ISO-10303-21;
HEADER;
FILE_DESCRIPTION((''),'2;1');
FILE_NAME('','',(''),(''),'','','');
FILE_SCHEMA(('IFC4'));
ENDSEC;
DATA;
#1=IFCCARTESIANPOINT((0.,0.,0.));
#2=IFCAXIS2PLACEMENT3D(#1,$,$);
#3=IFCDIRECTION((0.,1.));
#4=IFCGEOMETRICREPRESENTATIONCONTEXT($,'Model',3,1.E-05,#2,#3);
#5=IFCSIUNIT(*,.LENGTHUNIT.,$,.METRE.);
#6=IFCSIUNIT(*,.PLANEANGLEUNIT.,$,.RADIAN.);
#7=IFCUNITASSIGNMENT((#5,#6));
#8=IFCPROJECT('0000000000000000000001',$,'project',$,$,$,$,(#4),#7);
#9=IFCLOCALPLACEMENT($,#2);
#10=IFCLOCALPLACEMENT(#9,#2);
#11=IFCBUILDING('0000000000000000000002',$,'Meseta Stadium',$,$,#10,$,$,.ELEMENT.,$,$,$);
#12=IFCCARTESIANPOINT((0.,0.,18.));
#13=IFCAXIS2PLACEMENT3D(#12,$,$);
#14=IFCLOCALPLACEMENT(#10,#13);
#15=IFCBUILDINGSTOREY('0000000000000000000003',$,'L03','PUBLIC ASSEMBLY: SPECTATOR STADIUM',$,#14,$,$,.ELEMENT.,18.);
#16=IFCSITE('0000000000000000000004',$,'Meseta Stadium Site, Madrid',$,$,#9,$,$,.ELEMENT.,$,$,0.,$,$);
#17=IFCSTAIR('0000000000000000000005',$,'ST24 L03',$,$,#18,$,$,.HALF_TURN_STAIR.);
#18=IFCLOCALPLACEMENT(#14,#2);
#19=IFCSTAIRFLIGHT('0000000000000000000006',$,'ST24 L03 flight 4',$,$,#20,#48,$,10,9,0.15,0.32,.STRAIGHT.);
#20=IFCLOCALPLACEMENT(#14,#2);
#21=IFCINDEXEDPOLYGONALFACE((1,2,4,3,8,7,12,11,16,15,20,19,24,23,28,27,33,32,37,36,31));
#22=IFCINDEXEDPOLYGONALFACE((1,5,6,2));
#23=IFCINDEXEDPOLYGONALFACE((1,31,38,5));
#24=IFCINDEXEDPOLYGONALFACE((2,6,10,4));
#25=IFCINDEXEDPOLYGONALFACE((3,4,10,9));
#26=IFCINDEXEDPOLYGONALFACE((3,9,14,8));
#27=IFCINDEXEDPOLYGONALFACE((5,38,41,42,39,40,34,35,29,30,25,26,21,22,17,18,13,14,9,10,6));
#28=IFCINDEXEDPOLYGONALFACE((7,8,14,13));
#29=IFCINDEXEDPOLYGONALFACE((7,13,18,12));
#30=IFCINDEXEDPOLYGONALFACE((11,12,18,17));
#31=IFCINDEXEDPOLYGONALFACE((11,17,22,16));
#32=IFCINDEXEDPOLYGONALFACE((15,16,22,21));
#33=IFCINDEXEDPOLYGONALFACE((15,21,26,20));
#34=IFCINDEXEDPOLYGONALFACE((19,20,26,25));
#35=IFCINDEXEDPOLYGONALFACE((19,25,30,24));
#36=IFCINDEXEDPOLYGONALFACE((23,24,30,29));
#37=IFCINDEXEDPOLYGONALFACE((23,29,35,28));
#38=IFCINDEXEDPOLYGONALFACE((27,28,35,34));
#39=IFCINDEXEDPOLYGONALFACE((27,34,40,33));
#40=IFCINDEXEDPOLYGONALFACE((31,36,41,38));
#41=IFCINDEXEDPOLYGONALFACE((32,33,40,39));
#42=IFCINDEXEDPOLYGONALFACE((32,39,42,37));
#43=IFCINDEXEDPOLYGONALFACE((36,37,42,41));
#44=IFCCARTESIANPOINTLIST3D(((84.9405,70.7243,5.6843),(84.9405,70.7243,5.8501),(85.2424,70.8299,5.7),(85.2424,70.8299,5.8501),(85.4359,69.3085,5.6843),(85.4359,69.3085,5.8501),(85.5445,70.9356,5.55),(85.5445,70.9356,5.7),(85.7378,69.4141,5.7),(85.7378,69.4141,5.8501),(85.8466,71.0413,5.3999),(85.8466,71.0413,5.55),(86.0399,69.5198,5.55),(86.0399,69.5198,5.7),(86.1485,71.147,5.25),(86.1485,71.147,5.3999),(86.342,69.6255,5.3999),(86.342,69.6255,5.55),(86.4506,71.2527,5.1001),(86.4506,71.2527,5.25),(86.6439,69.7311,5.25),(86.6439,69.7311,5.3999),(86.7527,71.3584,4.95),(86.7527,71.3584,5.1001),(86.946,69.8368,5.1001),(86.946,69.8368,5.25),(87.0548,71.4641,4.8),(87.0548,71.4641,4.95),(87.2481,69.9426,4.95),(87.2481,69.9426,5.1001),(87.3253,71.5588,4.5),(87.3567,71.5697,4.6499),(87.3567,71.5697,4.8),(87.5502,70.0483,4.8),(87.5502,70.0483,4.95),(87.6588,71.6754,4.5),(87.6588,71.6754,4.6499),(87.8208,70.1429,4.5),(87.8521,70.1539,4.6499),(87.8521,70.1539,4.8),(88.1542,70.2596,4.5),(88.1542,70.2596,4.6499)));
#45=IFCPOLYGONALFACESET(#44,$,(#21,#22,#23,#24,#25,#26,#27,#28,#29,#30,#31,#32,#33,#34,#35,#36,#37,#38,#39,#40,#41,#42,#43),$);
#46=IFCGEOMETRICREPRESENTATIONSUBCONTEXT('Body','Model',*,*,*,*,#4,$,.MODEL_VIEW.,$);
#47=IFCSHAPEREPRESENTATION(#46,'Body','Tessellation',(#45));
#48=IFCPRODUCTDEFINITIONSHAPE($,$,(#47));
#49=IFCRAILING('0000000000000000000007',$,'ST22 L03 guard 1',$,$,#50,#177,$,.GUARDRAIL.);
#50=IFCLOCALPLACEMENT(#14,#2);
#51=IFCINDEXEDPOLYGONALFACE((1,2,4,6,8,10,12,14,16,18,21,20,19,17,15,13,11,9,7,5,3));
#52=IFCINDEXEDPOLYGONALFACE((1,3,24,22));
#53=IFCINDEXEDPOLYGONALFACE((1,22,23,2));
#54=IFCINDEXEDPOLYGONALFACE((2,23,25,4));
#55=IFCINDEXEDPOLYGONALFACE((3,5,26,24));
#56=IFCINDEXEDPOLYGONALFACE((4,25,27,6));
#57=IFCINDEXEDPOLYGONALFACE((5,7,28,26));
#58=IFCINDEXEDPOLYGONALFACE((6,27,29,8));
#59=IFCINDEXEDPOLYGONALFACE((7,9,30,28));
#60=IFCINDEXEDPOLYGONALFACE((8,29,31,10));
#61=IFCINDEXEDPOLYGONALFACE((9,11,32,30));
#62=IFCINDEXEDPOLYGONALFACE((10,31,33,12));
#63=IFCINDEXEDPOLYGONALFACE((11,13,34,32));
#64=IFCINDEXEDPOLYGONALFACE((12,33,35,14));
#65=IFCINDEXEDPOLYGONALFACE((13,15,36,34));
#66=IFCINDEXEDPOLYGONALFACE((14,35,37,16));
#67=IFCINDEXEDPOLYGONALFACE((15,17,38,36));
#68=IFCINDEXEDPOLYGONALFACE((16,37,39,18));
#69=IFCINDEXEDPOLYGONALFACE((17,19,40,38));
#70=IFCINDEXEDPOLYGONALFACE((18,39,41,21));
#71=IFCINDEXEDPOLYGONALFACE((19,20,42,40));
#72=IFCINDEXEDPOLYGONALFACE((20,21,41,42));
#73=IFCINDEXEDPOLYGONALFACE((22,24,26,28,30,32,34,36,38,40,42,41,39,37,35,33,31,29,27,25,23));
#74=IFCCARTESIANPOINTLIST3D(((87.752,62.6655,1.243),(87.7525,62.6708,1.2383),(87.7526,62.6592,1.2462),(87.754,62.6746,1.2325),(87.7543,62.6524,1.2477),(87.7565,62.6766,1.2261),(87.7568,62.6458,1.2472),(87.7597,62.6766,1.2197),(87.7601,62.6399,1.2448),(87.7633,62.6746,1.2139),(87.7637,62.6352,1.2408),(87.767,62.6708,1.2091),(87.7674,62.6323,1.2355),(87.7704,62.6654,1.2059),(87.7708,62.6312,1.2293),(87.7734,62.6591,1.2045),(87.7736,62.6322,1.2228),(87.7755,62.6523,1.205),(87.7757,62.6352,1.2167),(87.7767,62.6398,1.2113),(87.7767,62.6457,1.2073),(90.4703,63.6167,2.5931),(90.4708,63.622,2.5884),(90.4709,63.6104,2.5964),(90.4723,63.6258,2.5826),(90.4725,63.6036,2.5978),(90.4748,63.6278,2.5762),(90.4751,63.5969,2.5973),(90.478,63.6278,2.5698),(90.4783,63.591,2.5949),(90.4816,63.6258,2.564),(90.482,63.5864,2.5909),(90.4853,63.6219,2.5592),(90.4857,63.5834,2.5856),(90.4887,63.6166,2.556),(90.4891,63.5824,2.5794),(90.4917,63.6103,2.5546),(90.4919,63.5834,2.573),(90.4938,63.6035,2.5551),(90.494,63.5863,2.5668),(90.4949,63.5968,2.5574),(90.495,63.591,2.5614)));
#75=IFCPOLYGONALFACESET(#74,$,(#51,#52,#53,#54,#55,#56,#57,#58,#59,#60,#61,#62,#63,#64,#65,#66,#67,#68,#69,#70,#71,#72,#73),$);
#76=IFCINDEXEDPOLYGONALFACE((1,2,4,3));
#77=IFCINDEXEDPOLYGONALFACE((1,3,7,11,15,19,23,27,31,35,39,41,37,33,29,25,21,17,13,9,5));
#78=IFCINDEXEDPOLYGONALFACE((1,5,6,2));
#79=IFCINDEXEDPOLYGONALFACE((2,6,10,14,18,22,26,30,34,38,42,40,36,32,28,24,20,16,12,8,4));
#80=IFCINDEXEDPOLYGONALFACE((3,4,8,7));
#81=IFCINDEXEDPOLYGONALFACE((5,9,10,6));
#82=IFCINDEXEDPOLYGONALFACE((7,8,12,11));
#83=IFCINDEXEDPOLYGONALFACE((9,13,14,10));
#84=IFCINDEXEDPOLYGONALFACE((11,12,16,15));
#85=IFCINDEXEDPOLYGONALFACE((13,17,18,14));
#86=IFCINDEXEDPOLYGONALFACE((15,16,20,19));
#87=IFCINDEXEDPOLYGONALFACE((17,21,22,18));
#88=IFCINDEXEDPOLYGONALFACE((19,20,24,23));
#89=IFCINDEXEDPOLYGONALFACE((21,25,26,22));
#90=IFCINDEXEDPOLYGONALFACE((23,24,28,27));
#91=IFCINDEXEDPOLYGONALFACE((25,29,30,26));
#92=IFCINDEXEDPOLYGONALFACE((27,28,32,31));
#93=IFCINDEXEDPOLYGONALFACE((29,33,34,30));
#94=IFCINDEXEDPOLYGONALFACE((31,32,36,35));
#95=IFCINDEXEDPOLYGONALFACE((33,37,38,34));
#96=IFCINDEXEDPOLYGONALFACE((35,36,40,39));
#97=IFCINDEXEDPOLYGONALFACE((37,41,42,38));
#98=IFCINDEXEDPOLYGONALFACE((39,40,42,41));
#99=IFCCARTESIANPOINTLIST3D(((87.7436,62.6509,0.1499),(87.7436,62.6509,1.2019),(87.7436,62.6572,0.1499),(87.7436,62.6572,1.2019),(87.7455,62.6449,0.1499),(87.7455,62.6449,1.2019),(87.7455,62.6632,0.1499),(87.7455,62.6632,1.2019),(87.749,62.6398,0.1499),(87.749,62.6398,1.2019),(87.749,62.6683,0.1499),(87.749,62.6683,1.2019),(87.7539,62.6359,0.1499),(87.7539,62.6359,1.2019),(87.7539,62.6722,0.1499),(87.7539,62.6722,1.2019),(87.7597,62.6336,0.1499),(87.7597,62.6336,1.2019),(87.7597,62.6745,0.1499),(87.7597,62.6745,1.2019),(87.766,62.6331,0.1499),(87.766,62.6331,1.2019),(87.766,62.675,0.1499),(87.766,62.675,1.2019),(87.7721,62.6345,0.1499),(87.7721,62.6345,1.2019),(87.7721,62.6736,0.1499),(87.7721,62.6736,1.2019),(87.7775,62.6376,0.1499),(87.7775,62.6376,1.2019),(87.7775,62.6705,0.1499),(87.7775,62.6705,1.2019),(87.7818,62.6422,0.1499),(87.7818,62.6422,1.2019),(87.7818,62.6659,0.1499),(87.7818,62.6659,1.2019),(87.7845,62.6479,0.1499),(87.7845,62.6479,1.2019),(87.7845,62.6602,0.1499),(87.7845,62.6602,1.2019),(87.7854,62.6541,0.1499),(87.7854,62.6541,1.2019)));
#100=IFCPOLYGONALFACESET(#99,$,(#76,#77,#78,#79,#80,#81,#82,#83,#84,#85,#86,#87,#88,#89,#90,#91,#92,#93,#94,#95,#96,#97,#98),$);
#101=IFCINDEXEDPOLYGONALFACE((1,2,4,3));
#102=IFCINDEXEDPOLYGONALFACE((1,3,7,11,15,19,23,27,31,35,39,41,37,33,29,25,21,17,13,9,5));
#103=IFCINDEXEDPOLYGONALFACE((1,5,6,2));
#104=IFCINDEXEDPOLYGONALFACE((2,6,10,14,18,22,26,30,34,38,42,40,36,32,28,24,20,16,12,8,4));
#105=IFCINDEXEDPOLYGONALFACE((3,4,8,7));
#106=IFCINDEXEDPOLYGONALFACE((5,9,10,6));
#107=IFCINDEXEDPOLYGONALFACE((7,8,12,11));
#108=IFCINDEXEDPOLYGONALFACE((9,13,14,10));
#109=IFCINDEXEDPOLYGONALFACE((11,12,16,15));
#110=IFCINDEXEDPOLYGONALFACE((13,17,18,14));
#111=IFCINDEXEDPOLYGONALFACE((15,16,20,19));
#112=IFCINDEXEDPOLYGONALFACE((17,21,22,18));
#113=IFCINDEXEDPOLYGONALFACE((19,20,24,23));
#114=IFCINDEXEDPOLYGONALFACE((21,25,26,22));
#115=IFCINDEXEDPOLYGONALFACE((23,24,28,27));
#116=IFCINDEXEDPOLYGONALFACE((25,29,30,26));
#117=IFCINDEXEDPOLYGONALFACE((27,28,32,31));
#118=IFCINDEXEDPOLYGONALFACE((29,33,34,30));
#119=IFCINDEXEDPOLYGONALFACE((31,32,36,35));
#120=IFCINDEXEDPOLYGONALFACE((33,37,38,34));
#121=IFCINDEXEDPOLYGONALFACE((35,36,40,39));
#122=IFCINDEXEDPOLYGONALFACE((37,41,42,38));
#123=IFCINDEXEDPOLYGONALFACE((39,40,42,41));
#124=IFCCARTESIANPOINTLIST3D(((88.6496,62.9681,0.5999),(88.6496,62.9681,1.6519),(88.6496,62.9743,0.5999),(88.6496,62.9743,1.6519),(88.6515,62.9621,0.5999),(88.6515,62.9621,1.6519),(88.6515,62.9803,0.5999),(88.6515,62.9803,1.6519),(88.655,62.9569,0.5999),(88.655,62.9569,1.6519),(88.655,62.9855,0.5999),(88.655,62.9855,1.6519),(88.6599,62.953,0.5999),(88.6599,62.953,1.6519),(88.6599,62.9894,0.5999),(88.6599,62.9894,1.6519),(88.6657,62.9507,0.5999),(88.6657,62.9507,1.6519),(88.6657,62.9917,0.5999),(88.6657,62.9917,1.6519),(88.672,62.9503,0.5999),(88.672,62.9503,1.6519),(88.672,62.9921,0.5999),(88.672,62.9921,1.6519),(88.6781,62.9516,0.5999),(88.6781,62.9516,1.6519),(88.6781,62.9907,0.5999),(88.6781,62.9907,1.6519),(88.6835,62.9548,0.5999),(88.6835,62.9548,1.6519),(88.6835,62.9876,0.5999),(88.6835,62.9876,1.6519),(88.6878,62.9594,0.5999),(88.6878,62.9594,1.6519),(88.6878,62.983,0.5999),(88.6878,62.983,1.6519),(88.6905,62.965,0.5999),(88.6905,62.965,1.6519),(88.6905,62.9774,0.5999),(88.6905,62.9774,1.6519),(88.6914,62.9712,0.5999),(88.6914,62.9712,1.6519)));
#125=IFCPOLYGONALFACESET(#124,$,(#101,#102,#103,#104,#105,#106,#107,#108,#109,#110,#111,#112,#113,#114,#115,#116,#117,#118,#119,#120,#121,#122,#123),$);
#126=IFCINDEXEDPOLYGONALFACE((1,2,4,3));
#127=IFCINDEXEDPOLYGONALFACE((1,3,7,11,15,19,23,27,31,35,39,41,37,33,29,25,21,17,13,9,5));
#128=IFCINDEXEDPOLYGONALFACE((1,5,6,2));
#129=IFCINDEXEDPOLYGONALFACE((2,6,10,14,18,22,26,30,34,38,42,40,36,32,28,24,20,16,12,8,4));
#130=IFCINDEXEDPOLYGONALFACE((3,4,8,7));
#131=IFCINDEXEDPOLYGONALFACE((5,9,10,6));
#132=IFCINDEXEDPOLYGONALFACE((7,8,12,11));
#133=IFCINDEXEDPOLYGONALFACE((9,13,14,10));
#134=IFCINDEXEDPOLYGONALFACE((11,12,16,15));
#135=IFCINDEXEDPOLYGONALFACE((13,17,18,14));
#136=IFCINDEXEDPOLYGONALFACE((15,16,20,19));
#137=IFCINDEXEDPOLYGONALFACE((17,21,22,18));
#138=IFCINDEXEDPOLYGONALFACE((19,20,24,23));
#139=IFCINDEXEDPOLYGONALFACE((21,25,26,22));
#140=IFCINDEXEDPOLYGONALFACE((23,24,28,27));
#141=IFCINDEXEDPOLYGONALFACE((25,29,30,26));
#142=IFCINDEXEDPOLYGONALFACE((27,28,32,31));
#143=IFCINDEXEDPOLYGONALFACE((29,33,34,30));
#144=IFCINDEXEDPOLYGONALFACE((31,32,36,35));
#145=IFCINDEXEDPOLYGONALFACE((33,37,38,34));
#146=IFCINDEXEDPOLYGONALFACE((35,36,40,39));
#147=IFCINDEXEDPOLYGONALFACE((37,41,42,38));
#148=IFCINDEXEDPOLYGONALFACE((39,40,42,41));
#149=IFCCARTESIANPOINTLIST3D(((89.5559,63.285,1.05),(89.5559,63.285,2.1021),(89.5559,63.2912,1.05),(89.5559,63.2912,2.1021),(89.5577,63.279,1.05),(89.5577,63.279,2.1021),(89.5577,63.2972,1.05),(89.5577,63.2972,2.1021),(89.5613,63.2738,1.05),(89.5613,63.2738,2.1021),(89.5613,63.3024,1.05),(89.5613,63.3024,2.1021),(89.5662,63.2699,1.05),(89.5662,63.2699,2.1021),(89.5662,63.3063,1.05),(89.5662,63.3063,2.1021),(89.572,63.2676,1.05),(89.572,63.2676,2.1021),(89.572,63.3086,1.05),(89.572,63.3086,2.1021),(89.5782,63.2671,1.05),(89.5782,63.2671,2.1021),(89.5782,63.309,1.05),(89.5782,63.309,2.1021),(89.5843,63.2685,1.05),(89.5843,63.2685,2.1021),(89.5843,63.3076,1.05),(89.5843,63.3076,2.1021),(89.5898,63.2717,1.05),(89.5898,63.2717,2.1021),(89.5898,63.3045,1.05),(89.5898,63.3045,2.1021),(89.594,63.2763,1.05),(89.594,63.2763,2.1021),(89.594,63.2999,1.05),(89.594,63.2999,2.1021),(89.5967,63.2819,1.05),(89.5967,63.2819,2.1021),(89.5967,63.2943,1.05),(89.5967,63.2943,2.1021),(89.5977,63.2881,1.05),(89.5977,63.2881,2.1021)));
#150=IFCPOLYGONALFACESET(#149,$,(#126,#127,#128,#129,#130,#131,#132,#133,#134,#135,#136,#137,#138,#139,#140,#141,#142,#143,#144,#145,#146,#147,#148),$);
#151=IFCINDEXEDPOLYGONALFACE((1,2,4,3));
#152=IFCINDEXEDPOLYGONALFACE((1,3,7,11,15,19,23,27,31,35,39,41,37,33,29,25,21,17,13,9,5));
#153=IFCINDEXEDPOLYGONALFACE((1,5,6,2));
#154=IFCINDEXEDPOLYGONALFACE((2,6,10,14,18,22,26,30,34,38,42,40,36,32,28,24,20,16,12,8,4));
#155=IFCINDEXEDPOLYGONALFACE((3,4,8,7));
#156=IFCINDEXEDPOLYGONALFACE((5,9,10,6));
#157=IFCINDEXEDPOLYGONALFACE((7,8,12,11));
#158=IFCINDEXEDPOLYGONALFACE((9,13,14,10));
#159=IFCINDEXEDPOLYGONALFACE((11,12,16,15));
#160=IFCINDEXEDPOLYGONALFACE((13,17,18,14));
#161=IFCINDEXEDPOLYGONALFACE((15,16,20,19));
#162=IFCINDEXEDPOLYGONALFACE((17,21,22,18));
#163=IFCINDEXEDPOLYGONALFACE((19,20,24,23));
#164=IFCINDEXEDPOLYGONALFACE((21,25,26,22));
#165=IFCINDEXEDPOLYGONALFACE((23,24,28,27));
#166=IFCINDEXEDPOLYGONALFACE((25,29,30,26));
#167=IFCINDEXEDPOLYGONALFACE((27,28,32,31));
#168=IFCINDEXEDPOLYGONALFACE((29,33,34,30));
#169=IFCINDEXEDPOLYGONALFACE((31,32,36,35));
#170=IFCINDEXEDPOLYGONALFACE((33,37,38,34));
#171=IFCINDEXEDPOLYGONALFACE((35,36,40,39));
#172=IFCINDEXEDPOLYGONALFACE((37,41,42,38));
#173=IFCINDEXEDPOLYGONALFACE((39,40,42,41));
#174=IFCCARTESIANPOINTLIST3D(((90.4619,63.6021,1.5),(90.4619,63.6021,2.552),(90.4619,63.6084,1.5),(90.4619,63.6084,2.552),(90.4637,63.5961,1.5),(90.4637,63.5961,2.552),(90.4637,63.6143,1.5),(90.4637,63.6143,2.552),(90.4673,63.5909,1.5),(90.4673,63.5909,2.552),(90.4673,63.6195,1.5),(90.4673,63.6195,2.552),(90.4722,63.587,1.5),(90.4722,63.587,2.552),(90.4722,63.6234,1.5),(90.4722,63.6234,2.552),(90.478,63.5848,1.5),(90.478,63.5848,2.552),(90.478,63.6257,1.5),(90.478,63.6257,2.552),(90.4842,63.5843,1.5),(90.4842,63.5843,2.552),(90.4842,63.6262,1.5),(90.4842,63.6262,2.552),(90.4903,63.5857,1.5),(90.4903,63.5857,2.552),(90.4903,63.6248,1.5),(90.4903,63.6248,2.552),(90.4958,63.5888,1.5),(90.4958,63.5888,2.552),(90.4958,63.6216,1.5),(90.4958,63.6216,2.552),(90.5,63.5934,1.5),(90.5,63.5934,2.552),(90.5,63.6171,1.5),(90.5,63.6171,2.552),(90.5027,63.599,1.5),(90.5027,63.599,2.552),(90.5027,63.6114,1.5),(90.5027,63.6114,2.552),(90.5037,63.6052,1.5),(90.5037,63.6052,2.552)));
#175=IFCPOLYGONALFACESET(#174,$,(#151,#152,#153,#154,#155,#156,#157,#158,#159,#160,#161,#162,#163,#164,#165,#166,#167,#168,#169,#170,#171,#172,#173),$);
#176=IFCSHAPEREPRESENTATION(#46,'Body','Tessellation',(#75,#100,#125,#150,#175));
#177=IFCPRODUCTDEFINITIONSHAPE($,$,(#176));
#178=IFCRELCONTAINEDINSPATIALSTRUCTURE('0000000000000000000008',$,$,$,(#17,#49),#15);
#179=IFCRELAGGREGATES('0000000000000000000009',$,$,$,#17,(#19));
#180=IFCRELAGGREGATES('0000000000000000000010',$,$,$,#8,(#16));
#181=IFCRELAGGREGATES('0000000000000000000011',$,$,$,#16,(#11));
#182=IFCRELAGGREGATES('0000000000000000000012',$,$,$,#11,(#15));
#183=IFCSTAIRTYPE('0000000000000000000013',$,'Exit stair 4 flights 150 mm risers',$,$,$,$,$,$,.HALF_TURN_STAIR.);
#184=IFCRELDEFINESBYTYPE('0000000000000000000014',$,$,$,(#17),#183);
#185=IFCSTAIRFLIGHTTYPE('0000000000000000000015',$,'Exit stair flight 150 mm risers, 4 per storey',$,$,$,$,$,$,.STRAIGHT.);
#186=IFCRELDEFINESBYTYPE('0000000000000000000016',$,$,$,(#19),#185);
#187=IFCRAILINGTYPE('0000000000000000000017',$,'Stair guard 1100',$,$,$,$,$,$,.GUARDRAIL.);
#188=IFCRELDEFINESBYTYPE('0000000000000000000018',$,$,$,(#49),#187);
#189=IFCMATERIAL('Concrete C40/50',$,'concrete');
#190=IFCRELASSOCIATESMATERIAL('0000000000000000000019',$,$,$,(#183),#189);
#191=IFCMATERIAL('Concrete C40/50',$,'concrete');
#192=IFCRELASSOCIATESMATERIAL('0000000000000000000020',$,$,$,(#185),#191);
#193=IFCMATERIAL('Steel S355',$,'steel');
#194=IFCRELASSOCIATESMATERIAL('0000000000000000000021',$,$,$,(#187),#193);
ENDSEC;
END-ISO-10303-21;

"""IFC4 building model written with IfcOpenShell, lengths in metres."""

from ifc_helpers import new_model, si_unit, direction, frame, origin, origin_2d, place, context, subcontext, project, spatial, polyline, circle, outline, extrude, material, type_object, element, aggregate, save


model = new_model("IFC4")

# Units and contexts
model_context = context("Model", 3, precision=1e-05, world=origin(), true_north=direction((0.0, 1.0)))
body_context = subcontext(model_context, "Body", "Model", "MODEL_VIEW")
ifc_project = project(units=[si_unit("LENGTHUNIT", "METRE"), si_unit("PLANEANGLEUNIT", "RADIAN")], contexts=[model_context])

# Site, building, storey
site_placement = place(None, origin())
site = spatial("IfcSite", under=ifc_project, at=site_placement, Name="Meseta Stadium Site, Madrid", CompositionType="ELEMENT", RefElevation=0.0)
building_placement = place(site_placement, origin())
building = spatial("IfcBuilding", under=site, at=building_placement, Name="Meseta Stadium", CompositionType="ELEMENT")
storey_placement = place(building_placement, frame((0.0, 0.0, 18.0)))
storey = spatial("IfcBuildingStorey", under=building, at=storey_placement, Name="L03", Description="PUBLIC ASSEMBLY: SPECTATOR STADIUM", CompositionType="ELEMENT", Elevation=18.0)

# Stair, stair flight
ifc_material_1 = material(Name="Concrete C40/50", Category="concrete")
stair_type = type_object("IfcStairType", Name="Exit stair 4 flights 150 mm risers", PredefinedType="HALF_TURN_STAIR", material=ifc_material_1)
ifc_material_2 = material(Name="Concrete C40/50", Category="concrete")
stair_flight_type = type_object("IfcStairFlightType", Name="Exit stair flight 150 mm risers, 4 per storey", PredefinedType="STRAIGHT", material=ifc_material_2)
stair_1_placement = place(storey_placement, origin())
stair_1 = element("IfcStair", 1, at=stair_1_placement, inside=storey, type_object=stair_type, Name="ST24 L03", PredefinedType="HALF_TURN_STAIR")
stair_flight_1_placement = place(storey_placement, frame((87.9065, 70.9675, 4.5), z_axis=(0.0, 0.0, 1.0), x_axis=(-0.943883, -0.330279, 0.0)))
stair_flight_1 = element("IfcStairFlight", 2, at=stair_flight_1_placement, type_object=stair_flight_type, Name="ST24 L03 flight 4", NumberOfRisers=10, NumberOfTreads=9, PredefinedType="STRAIGHT", RiserHeight=0.15, TreadLength=0.32, context=body_context, shape_type="SweptSolid", body=[
    extrude(outline(polyline([(0.0, 0.0), (0.0, 0.1499), (0.3201, 0.1499), (0.3201, 0.3), (0.6399, 0.3), (0.6399, 0.45), (0.96, 0.45), (0.96, 0.6001), (1.28, 0.6001), (1.28, 0.75), (1.6001, 0.75), (1.6001, 0.8999), (1.9199, 0.8999), (1.9199, 1.05), (2.24, 1.05), (2.24, 1.2), (2.5601, 1.2), (2.5601, 1.3501), (2.8799, 1.3501), (2.8799, 1.1843), (0.3533, 0.0), (0.0, 0.0)])), frame((0.0, 0.75, 0.0), z_axis=(0.0, -1.0, 0.0), x_axis=(1.0, 0.0, 0.0)), (0.0, 0.0, 1.0), 1.5),
])
aggregate(stair_1, [stair_flight_1])

# Railing
ifc_material_3 = material(Name="Steel S355", Category="steel")
railing_type_1 = type_object("IfcRailingType", Name="Stair guard 1100", PredefinedType="GUARDRAIL", material=ifc_material_3)
railing_1_placement = place(storey_placement, frame((87.7644, 62.6541, 0.1499)))
element("IfcRailing", 3, at=railing_1_placement, inside=storey, type_object=railing_type_1, Name="ST22 L03 guard 1", PredefinedType="GUARDRAIL", context=body_context, shape_type="SweptSolid", body=[
    extrude(circle(Radius=0.0239, at=origin_2d()), frame((0.0, 0.0, 1.0762), z_axis=(0.854629, 0.299051, 0.424474), x_axis=(-0.330282, 0.943882, 0.0)), (0.0, 0.0, 1.0), 3.1807),
    extrude(circle(Radius=0.021, at=origin_2d()), origin(), (0.0, 0.0, 1.0), 1.052),
    extrude(circle(Radius=0.021, at=origin_2d()), frame((0.906, 0.3171, 0.45)), (0.0, 0.0, 1.0), 1.052),
    extrude(circle(Radius=0.021, at=origin_2d()), frame((1.8123, 0.634, 0.9001)), (0.0, 0.0, 1.0), 1.052),
    extrude(circle(Radius=0.021, at=origin_2d()), frame((2.7183, 0.9512, 1.3501)), (0.0, 0.0, 1.0), 1.052),
])

save(model, "model.ifc")
